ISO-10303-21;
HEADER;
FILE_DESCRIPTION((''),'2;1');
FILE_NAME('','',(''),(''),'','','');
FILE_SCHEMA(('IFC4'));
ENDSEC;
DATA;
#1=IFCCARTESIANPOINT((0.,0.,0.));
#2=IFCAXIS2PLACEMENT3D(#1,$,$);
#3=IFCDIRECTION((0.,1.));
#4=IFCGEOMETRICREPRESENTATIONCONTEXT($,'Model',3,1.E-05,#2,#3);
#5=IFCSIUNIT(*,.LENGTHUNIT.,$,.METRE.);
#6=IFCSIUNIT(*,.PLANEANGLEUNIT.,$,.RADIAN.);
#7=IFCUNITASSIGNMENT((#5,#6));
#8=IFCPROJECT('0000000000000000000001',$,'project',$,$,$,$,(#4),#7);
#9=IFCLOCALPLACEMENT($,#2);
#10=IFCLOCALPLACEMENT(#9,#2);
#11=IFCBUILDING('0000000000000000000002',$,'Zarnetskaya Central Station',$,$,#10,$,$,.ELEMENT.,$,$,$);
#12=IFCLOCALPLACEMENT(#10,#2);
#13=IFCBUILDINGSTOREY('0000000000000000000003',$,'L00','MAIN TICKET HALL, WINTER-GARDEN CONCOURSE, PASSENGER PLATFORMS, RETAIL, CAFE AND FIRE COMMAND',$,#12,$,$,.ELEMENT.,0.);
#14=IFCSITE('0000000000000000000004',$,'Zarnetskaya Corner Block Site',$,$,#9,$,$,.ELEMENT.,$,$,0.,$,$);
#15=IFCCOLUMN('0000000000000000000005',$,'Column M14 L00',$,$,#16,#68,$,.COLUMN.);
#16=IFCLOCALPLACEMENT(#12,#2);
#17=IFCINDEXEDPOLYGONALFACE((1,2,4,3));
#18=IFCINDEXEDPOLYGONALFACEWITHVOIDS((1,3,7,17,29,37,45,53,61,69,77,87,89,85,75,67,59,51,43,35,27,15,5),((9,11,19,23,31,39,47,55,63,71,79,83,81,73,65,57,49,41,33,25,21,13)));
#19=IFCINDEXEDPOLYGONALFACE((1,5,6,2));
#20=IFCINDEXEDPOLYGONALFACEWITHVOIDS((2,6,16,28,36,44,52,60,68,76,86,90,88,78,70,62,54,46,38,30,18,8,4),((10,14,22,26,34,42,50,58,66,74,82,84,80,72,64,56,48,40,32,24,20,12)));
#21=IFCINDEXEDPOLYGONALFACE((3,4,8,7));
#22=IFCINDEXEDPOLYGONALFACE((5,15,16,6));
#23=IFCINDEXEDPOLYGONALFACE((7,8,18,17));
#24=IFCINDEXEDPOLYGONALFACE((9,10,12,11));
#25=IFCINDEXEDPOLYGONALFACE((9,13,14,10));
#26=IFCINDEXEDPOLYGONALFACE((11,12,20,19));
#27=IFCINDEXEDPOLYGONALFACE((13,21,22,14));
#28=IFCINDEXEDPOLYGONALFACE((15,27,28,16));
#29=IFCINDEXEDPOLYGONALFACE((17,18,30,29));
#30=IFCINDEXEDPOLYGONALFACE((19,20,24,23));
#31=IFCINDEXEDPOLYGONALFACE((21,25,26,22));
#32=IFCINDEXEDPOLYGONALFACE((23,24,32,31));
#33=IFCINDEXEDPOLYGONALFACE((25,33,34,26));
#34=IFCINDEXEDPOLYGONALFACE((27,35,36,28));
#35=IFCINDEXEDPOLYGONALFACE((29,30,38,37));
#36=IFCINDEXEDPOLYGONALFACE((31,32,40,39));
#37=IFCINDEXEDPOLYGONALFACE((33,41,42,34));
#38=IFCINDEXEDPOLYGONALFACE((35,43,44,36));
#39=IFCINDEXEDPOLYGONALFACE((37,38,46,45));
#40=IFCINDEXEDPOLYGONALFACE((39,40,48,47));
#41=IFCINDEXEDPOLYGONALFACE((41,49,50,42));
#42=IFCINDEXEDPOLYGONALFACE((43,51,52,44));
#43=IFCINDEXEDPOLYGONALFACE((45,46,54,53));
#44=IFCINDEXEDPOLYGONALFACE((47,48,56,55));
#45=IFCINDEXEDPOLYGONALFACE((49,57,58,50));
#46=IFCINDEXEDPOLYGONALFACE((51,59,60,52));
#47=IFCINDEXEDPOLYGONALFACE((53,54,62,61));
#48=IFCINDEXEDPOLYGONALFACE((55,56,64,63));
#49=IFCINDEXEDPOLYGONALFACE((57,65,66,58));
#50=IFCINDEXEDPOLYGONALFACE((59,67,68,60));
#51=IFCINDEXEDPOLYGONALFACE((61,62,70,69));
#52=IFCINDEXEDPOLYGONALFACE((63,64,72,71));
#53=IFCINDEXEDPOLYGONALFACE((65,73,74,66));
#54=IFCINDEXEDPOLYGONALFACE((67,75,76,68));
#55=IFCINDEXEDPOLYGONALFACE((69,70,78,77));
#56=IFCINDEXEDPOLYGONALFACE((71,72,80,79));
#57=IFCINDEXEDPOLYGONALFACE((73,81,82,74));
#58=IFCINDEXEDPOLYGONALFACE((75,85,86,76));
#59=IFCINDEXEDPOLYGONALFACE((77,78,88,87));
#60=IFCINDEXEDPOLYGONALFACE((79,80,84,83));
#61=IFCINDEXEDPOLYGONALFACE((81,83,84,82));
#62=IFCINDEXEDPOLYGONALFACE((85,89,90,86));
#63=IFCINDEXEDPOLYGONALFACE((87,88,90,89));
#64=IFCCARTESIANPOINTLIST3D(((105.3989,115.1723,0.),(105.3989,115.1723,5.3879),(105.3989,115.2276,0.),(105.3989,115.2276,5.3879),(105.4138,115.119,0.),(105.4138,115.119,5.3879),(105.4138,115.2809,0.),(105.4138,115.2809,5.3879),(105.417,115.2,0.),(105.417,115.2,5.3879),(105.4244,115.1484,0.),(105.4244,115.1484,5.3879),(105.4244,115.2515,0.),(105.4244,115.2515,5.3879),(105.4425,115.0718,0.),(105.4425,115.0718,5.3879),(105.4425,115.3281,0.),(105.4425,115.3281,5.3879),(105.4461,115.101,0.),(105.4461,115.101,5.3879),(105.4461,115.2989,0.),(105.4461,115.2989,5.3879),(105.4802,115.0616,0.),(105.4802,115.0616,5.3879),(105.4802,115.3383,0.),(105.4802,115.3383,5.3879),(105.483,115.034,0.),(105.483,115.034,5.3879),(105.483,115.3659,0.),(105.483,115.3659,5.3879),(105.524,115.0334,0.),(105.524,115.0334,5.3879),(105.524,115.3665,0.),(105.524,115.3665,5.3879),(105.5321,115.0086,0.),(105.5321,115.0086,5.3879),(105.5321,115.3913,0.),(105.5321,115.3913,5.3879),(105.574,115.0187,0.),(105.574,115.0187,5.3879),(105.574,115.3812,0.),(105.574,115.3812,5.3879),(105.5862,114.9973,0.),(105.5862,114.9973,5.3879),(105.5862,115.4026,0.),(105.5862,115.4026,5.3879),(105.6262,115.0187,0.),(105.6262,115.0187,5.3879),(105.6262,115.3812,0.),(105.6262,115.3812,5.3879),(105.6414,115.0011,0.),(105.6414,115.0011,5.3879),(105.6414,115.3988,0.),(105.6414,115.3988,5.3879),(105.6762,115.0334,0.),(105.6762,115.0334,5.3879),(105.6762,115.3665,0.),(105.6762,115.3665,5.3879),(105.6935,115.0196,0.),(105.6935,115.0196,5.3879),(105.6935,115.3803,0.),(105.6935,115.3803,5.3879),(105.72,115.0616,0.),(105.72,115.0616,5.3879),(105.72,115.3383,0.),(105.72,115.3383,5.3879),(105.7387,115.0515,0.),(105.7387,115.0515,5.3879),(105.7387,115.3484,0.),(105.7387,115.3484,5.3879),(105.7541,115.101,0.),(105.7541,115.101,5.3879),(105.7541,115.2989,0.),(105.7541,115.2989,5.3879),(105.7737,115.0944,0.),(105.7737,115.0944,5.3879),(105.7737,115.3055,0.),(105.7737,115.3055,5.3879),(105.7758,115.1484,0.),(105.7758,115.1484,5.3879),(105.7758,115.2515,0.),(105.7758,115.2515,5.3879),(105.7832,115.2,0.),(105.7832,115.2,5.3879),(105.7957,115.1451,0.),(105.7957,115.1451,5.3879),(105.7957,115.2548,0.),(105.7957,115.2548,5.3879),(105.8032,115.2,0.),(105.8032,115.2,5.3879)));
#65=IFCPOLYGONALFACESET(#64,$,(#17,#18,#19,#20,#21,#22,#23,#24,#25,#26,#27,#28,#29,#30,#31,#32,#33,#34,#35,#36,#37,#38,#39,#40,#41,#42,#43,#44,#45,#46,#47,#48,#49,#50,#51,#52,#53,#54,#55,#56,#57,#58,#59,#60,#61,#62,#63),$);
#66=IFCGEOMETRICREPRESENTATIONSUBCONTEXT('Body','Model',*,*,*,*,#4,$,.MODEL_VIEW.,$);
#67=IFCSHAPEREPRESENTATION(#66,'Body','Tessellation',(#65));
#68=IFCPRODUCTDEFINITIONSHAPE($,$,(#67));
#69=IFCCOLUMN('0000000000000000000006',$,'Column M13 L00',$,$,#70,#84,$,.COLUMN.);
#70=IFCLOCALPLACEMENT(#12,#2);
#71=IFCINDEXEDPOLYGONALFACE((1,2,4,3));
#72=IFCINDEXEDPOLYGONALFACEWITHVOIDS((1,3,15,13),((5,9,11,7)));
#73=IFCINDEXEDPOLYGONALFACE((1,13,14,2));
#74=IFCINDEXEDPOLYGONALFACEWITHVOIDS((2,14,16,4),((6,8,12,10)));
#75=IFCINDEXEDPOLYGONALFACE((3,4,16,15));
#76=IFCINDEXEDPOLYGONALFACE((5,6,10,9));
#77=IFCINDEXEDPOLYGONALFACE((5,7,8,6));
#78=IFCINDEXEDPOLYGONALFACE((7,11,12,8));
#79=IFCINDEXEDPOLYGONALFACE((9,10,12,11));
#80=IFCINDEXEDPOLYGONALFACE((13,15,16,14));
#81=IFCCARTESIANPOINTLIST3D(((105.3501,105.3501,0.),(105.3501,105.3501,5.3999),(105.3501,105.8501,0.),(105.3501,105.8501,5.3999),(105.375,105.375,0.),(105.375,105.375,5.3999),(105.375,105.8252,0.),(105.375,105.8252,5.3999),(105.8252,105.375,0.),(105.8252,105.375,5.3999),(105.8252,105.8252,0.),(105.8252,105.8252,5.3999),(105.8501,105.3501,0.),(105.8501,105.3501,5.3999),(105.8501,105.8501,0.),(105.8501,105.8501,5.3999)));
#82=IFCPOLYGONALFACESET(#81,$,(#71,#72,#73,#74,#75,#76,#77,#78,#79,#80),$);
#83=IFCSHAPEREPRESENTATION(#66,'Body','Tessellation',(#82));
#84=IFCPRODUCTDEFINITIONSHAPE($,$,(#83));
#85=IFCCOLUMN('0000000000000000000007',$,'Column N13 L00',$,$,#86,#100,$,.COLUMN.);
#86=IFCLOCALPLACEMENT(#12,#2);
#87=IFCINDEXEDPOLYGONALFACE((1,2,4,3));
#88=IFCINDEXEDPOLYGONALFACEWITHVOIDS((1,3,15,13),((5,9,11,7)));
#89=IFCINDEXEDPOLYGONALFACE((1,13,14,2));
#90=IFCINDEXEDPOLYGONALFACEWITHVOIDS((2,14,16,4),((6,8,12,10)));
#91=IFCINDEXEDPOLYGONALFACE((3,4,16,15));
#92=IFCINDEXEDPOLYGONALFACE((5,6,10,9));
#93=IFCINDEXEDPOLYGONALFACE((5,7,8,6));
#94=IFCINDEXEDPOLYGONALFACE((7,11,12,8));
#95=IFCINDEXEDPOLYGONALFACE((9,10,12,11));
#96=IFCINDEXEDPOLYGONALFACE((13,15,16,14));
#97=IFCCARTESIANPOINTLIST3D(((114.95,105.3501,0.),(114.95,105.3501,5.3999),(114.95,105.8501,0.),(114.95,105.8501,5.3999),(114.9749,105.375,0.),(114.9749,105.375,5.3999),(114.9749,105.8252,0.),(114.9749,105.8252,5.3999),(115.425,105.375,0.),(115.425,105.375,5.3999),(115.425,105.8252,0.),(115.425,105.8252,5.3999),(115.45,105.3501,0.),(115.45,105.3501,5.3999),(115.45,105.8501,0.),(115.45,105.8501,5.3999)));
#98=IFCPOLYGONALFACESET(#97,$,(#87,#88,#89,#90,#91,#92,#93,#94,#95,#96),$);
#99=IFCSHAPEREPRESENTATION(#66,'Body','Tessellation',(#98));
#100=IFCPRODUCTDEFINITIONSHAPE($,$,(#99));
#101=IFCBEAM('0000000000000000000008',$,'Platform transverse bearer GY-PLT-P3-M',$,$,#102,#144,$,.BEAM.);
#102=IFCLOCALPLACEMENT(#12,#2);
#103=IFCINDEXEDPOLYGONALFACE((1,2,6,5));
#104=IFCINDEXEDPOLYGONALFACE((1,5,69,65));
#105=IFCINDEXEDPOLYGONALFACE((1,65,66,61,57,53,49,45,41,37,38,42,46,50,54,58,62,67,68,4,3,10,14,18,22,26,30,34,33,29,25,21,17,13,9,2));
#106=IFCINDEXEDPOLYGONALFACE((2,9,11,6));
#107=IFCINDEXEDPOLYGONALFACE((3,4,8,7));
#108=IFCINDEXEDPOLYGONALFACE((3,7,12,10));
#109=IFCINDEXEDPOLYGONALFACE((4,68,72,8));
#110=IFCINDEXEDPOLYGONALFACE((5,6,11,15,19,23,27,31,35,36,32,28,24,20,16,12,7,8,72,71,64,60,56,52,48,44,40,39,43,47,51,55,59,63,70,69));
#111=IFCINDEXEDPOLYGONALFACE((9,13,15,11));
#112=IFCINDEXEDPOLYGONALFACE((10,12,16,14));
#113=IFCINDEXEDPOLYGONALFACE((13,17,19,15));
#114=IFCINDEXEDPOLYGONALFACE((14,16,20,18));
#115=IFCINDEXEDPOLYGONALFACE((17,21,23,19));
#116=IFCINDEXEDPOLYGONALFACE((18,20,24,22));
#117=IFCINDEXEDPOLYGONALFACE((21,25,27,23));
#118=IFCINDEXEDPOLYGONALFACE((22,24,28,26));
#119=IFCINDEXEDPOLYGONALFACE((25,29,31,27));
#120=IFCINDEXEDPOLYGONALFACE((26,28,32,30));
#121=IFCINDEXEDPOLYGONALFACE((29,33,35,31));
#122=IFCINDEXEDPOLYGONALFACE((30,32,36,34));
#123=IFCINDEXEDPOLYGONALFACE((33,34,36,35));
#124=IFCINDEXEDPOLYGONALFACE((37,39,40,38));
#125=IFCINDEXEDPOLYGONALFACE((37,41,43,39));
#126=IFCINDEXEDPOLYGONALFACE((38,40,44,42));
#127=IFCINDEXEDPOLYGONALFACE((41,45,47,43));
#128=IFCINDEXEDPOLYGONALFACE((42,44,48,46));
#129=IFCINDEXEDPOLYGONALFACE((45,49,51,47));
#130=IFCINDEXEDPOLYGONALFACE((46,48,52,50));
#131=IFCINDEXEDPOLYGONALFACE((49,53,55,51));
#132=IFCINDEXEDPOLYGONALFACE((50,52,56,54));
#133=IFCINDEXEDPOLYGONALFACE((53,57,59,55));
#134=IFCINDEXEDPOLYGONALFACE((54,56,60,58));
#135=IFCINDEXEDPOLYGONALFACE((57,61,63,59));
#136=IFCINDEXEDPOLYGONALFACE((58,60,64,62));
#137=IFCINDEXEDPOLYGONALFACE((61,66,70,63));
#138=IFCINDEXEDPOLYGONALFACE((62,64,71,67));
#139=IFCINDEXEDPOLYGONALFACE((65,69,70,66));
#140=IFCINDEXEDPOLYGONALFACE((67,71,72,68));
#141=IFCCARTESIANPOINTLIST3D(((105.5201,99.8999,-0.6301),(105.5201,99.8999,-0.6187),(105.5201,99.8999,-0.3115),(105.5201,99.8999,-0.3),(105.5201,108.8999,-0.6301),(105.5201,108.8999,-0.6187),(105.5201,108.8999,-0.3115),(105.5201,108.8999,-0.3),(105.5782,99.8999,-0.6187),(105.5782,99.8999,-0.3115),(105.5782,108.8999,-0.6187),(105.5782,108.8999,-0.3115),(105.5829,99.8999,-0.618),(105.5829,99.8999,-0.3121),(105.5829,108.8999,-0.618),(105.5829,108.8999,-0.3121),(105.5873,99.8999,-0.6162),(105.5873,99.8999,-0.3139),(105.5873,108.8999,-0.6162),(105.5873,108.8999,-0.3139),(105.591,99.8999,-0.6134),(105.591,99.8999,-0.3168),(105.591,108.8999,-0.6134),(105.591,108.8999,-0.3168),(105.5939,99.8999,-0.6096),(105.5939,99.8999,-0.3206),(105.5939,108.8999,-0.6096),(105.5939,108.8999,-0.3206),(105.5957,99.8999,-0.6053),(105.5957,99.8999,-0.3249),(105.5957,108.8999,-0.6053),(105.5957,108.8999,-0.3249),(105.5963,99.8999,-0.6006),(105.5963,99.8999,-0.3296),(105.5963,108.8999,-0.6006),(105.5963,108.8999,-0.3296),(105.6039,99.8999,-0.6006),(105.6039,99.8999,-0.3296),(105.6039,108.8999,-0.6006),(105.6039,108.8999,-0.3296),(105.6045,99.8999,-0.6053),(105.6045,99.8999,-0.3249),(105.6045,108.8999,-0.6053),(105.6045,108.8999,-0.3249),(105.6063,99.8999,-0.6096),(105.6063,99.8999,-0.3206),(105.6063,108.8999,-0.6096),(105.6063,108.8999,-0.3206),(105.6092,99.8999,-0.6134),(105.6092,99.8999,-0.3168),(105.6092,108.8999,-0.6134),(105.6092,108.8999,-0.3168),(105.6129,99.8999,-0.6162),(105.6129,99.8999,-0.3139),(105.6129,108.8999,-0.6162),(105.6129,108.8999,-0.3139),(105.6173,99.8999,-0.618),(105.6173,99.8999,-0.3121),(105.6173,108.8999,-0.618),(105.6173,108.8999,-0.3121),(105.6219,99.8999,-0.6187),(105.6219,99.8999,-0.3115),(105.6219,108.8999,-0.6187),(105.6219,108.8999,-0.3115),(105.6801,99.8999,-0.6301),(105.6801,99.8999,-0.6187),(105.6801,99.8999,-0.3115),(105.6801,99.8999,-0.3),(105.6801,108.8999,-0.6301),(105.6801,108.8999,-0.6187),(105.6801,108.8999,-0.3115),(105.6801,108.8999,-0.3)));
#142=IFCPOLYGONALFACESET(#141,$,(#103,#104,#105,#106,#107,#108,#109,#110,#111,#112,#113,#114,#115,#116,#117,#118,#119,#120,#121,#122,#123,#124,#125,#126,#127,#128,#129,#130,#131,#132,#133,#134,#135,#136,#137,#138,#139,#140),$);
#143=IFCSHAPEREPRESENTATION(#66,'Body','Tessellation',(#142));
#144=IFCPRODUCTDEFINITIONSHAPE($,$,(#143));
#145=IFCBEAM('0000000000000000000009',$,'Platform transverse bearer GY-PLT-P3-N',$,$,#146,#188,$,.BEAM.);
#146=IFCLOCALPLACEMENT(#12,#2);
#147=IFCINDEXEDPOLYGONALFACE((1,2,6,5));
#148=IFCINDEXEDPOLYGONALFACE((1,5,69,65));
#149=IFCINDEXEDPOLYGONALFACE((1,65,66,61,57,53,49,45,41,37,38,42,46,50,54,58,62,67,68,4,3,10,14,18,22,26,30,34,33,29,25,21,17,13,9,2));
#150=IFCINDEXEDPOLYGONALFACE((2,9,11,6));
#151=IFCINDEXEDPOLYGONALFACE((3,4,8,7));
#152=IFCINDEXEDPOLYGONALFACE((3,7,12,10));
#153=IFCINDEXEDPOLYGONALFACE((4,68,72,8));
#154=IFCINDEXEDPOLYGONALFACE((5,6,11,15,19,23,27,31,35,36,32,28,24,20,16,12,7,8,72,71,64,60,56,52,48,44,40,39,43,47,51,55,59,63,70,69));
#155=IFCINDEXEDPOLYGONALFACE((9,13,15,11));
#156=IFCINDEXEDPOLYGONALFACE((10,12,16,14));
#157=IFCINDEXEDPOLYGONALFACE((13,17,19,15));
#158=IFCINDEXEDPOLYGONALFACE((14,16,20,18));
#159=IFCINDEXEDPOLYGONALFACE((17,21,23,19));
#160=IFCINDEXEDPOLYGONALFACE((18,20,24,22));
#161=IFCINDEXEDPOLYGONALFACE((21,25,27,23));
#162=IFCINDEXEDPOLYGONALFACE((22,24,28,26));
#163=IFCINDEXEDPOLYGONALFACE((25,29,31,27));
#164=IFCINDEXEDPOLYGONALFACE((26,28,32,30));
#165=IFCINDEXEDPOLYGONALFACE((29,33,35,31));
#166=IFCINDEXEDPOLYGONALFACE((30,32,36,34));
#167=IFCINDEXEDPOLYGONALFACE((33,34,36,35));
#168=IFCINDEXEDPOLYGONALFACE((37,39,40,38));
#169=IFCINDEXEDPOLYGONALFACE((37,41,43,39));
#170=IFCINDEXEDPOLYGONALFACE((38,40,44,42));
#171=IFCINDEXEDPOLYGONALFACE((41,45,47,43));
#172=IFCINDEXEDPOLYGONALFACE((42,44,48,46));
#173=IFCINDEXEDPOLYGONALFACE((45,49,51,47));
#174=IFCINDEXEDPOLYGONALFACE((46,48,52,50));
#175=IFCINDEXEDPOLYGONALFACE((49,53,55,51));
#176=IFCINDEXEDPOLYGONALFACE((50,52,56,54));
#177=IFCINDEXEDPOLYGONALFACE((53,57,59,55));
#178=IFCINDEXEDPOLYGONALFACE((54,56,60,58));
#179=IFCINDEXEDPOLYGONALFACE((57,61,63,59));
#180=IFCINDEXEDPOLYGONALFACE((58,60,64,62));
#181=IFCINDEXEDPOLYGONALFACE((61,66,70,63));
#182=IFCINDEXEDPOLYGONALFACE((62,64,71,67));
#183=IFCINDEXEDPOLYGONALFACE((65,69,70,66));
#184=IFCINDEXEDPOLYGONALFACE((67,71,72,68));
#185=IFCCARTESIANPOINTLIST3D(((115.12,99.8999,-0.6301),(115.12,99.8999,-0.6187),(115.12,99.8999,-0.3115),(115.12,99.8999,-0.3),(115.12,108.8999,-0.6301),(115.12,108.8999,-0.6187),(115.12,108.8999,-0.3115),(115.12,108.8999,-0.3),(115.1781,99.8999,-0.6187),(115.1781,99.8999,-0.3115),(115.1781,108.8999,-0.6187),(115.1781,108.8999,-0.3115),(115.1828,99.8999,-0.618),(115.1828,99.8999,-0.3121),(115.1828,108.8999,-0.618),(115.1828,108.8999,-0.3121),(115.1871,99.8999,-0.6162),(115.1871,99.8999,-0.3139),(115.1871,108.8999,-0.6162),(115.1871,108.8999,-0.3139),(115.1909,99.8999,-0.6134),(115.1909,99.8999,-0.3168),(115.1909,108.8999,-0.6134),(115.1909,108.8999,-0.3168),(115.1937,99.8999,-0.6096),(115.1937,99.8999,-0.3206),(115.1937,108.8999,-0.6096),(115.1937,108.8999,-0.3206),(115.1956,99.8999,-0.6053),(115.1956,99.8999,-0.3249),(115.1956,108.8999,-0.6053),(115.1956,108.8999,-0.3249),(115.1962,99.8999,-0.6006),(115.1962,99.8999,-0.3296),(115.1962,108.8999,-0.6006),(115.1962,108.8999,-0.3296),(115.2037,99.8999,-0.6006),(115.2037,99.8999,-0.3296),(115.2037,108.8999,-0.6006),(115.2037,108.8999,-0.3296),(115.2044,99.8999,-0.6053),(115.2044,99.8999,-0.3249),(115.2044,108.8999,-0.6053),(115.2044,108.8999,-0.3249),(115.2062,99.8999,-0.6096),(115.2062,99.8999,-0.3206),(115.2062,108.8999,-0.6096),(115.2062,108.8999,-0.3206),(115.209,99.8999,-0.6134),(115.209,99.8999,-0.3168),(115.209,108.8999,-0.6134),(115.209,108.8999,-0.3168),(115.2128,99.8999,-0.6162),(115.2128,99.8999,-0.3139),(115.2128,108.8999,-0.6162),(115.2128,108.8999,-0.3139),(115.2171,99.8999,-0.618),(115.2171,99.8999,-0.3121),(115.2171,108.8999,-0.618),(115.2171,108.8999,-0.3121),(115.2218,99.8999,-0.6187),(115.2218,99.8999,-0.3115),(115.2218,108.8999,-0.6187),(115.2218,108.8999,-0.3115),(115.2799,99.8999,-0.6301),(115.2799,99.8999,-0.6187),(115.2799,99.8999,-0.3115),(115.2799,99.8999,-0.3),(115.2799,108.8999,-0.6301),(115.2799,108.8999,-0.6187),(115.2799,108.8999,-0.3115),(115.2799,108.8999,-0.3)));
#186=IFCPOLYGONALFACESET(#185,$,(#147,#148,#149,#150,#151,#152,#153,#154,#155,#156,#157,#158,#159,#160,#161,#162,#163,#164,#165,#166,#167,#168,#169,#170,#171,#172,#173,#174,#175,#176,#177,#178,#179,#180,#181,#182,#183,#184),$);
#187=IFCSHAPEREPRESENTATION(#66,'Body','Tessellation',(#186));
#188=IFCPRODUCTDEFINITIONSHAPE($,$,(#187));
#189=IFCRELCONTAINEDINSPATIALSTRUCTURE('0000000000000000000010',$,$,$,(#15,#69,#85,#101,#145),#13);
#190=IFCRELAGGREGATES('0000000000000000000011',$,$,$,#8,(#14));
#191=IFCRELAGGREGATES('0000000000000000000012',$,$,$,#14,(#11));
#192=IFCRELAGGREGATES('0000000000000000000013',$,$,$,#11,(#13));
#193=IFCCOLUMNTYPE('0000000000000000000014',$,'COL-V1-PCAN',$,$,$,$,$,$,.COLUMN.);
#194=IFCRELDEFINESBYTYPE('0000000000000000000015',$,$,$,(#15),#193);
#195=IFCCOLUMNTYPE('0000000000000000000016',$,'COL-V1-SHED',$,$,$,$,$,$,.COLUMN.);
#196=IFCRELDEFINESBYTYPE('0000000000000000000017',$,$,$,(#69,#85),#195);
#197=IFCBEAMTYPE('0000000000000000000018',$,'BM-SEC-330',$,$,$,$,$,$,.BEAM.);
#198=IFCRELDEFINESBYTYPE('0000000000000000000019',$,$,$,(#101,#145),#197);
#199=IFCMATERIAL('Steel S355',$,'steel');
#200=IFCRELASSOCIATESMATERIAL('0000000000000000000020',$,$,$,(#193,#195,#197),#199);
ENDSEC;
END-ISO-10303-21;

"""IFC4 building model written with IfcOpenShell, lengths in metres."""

from ifc_helpers import new_model, si_unit, direction, frame, origin, origin_2d, place, context, subcontext, project, spatial, hollow_rectangle, hollow_circle, i_section, extrude, material, material_profile, profile_set, type_object, element, save


model = new_model("IFC4")

# Units and contexts
model_context = context("Model", 3, precision=1e-05, world=origin(), true_north=direction((0.0, 1.0)))
body_context = subcontext(model_context, "Body", "Model", "MODEL_VIEW")
ifc_project = project(units=[si_unit("LENGTHUNIT", "METRE"), si_unit("PLANEANGLEUNIT", "RADIAN")], contexts=[model_context])

# Site, building, storey
site_placement = place(None, origin())
site = spatial("IfcSite", under=ifc_project, at=site_placement, Name="Zarnetskaya Corner Block Site", CompositionType="ELEMENT", RefElevation=0.0)
building_placement = place(site_placement, origin())
building = spatial("IfcBuilding", under=site, at=building_placement, Name="Zarnetskaya Central Station", CompositionType="ELEMENT")
storey_placement = place(building_placement, origin())
storey = spatial("IfcBuildingStorey", under=building, at=storey_placement, Name="L00", Description="MAIN TICKET HALL, WINTER-GARDEN CONCOURSE, PASSENGER PLATFORMS, RETAIL, CAFE AND FIRE COMMAND", CompositionType="ELEMENT", Elevation=0.0)

# Columns
ifc_material = material(Name="Steel S355", Category="steel")
ifc_material_profile_1 = material_profile(ifc_material, hollow_circle(Radius=0.2031, WallThickness=0.02, at=origin_2d()), Name="CHS 406.4x20")
ifc_profile_set_1 = profile_set([ifc_material_profile_1], Name="Steel S355")
column_type_1 = type_object("IfcColumnType", Name="COL-V1-PCAN", PredefinedType="COLUMN", material=ifc_profile_set_1)
column_placement = place(storey_placement, frame((105.6001, 115.2, 0.0), z_axis=(0.0, 0.0, 1.0), x_axis=(1.0, 0.0, 0.0)))
element("IfcColumn", 1, at=column_placement, inside=storey, type_object=column_type_1, Name="Column M14 L00", PredefinedType="COLUMN", context=body_context, shape_type="SweptSolid", body=[
    extrude(hollow_circle(Radius=0.2031, WallThickness=0.02, at=origin_2d()), origin(), (0.0, 0.0, 1.0), 5.3879),
])
ifc_material_profile_2 = material_profile(ifc_material, hollow_rectangle(XDim=0.5, YDim=0.5, WallThickness=0.0249, at=origin_2d()), Name="BOX 500x500x25")
ifc_profile_set_2 = profile_set([ifc_material_profile_2], Name="Steel S355")
column_type_2 = type_object("IfcColumnType", Name="COL-V1-SHED", PredefinedType="COLUMN", material=ifc_profile_set_2)
for number, where, z_axis, x_axis, name in (
    (2, (105.6001, 105.6001, 0.0), (0.0, 0.0, 1.0), (1.0, 0.0, 0.0), "Column M13 L00"),
    (3, (115.2, 105.6001, 0.0), (0.0, 0.0, 1.0), (1.0, 0.0, 0.0), "Column N13 L00"),
):
    element("IfcColumn", number, at=place(storey_placement, frame(where, z_axis=z_axis, x_axis=x_axis)), inside=storey, type_object=column_type_2, Name=name, PredefinedType="COLUMN", context=body_context, shape_type="SweptSolid", body=[
        extrude(hollow_rectangle(XDim=0.5, YDim=0.5, WallThickness=0.0249, at=origin_2d()), origin(), (0.0, 0.0, 1.0), 5.3999),
    ])

# Beams
ifc_material_profile_3 = material_profile(ifc_material, i_section(OverallWidth=0.1599, OverallDepth=0.3301, WebThickness=0.0076, FlangeThickness=0.0115, FilletRadius=0.0181, at=origin_2d()), Name="IPE 330")
ifc_profile_set_3 = profile_set([ifc_material_profile_3], Name="Steel S355")
beam_type_1 = type_object("IfcBeamType", Name="BM-SEC-330", PredefinedType="BEAM", material=ifc_profile_set_3)
for number, where, z_axis, x_axis, name in (
    (4, (105.6001, 99.8999, -0.4651), (0.0, 1.0, 0.0), (-1.0, 0.0, 0.0), "Platform transverse bearer GY-PLT-P3-M"),
    (5, (115.2, 99.8999, -0.4651), (0.0, 1.0, 0.0), (-1.0, 0.0, 0.0), "Platform transverse bearer GY-PLT-P3-N"),
):
    element("IfcBeam", number, at=place(storey_placement, frame(where, z_axis=z_axis, x_axis=x_axis)), inside=storey, type_object=beam_type_1, Name=name, PredefinedType="BEAM", context=body_context, shape_type="SweptSolid", body=[
        extrude(i_section(OverallWidth=0.1599, OverallDepth=0.3301, WebThickness=0.0076, FlangeThickness=0.0115, FilletRadius=0.0181, at=origin_2d()), origin(), (0.0, 0.0, 1.0), 9.0),
    ])

save(model, "model.ifc")
